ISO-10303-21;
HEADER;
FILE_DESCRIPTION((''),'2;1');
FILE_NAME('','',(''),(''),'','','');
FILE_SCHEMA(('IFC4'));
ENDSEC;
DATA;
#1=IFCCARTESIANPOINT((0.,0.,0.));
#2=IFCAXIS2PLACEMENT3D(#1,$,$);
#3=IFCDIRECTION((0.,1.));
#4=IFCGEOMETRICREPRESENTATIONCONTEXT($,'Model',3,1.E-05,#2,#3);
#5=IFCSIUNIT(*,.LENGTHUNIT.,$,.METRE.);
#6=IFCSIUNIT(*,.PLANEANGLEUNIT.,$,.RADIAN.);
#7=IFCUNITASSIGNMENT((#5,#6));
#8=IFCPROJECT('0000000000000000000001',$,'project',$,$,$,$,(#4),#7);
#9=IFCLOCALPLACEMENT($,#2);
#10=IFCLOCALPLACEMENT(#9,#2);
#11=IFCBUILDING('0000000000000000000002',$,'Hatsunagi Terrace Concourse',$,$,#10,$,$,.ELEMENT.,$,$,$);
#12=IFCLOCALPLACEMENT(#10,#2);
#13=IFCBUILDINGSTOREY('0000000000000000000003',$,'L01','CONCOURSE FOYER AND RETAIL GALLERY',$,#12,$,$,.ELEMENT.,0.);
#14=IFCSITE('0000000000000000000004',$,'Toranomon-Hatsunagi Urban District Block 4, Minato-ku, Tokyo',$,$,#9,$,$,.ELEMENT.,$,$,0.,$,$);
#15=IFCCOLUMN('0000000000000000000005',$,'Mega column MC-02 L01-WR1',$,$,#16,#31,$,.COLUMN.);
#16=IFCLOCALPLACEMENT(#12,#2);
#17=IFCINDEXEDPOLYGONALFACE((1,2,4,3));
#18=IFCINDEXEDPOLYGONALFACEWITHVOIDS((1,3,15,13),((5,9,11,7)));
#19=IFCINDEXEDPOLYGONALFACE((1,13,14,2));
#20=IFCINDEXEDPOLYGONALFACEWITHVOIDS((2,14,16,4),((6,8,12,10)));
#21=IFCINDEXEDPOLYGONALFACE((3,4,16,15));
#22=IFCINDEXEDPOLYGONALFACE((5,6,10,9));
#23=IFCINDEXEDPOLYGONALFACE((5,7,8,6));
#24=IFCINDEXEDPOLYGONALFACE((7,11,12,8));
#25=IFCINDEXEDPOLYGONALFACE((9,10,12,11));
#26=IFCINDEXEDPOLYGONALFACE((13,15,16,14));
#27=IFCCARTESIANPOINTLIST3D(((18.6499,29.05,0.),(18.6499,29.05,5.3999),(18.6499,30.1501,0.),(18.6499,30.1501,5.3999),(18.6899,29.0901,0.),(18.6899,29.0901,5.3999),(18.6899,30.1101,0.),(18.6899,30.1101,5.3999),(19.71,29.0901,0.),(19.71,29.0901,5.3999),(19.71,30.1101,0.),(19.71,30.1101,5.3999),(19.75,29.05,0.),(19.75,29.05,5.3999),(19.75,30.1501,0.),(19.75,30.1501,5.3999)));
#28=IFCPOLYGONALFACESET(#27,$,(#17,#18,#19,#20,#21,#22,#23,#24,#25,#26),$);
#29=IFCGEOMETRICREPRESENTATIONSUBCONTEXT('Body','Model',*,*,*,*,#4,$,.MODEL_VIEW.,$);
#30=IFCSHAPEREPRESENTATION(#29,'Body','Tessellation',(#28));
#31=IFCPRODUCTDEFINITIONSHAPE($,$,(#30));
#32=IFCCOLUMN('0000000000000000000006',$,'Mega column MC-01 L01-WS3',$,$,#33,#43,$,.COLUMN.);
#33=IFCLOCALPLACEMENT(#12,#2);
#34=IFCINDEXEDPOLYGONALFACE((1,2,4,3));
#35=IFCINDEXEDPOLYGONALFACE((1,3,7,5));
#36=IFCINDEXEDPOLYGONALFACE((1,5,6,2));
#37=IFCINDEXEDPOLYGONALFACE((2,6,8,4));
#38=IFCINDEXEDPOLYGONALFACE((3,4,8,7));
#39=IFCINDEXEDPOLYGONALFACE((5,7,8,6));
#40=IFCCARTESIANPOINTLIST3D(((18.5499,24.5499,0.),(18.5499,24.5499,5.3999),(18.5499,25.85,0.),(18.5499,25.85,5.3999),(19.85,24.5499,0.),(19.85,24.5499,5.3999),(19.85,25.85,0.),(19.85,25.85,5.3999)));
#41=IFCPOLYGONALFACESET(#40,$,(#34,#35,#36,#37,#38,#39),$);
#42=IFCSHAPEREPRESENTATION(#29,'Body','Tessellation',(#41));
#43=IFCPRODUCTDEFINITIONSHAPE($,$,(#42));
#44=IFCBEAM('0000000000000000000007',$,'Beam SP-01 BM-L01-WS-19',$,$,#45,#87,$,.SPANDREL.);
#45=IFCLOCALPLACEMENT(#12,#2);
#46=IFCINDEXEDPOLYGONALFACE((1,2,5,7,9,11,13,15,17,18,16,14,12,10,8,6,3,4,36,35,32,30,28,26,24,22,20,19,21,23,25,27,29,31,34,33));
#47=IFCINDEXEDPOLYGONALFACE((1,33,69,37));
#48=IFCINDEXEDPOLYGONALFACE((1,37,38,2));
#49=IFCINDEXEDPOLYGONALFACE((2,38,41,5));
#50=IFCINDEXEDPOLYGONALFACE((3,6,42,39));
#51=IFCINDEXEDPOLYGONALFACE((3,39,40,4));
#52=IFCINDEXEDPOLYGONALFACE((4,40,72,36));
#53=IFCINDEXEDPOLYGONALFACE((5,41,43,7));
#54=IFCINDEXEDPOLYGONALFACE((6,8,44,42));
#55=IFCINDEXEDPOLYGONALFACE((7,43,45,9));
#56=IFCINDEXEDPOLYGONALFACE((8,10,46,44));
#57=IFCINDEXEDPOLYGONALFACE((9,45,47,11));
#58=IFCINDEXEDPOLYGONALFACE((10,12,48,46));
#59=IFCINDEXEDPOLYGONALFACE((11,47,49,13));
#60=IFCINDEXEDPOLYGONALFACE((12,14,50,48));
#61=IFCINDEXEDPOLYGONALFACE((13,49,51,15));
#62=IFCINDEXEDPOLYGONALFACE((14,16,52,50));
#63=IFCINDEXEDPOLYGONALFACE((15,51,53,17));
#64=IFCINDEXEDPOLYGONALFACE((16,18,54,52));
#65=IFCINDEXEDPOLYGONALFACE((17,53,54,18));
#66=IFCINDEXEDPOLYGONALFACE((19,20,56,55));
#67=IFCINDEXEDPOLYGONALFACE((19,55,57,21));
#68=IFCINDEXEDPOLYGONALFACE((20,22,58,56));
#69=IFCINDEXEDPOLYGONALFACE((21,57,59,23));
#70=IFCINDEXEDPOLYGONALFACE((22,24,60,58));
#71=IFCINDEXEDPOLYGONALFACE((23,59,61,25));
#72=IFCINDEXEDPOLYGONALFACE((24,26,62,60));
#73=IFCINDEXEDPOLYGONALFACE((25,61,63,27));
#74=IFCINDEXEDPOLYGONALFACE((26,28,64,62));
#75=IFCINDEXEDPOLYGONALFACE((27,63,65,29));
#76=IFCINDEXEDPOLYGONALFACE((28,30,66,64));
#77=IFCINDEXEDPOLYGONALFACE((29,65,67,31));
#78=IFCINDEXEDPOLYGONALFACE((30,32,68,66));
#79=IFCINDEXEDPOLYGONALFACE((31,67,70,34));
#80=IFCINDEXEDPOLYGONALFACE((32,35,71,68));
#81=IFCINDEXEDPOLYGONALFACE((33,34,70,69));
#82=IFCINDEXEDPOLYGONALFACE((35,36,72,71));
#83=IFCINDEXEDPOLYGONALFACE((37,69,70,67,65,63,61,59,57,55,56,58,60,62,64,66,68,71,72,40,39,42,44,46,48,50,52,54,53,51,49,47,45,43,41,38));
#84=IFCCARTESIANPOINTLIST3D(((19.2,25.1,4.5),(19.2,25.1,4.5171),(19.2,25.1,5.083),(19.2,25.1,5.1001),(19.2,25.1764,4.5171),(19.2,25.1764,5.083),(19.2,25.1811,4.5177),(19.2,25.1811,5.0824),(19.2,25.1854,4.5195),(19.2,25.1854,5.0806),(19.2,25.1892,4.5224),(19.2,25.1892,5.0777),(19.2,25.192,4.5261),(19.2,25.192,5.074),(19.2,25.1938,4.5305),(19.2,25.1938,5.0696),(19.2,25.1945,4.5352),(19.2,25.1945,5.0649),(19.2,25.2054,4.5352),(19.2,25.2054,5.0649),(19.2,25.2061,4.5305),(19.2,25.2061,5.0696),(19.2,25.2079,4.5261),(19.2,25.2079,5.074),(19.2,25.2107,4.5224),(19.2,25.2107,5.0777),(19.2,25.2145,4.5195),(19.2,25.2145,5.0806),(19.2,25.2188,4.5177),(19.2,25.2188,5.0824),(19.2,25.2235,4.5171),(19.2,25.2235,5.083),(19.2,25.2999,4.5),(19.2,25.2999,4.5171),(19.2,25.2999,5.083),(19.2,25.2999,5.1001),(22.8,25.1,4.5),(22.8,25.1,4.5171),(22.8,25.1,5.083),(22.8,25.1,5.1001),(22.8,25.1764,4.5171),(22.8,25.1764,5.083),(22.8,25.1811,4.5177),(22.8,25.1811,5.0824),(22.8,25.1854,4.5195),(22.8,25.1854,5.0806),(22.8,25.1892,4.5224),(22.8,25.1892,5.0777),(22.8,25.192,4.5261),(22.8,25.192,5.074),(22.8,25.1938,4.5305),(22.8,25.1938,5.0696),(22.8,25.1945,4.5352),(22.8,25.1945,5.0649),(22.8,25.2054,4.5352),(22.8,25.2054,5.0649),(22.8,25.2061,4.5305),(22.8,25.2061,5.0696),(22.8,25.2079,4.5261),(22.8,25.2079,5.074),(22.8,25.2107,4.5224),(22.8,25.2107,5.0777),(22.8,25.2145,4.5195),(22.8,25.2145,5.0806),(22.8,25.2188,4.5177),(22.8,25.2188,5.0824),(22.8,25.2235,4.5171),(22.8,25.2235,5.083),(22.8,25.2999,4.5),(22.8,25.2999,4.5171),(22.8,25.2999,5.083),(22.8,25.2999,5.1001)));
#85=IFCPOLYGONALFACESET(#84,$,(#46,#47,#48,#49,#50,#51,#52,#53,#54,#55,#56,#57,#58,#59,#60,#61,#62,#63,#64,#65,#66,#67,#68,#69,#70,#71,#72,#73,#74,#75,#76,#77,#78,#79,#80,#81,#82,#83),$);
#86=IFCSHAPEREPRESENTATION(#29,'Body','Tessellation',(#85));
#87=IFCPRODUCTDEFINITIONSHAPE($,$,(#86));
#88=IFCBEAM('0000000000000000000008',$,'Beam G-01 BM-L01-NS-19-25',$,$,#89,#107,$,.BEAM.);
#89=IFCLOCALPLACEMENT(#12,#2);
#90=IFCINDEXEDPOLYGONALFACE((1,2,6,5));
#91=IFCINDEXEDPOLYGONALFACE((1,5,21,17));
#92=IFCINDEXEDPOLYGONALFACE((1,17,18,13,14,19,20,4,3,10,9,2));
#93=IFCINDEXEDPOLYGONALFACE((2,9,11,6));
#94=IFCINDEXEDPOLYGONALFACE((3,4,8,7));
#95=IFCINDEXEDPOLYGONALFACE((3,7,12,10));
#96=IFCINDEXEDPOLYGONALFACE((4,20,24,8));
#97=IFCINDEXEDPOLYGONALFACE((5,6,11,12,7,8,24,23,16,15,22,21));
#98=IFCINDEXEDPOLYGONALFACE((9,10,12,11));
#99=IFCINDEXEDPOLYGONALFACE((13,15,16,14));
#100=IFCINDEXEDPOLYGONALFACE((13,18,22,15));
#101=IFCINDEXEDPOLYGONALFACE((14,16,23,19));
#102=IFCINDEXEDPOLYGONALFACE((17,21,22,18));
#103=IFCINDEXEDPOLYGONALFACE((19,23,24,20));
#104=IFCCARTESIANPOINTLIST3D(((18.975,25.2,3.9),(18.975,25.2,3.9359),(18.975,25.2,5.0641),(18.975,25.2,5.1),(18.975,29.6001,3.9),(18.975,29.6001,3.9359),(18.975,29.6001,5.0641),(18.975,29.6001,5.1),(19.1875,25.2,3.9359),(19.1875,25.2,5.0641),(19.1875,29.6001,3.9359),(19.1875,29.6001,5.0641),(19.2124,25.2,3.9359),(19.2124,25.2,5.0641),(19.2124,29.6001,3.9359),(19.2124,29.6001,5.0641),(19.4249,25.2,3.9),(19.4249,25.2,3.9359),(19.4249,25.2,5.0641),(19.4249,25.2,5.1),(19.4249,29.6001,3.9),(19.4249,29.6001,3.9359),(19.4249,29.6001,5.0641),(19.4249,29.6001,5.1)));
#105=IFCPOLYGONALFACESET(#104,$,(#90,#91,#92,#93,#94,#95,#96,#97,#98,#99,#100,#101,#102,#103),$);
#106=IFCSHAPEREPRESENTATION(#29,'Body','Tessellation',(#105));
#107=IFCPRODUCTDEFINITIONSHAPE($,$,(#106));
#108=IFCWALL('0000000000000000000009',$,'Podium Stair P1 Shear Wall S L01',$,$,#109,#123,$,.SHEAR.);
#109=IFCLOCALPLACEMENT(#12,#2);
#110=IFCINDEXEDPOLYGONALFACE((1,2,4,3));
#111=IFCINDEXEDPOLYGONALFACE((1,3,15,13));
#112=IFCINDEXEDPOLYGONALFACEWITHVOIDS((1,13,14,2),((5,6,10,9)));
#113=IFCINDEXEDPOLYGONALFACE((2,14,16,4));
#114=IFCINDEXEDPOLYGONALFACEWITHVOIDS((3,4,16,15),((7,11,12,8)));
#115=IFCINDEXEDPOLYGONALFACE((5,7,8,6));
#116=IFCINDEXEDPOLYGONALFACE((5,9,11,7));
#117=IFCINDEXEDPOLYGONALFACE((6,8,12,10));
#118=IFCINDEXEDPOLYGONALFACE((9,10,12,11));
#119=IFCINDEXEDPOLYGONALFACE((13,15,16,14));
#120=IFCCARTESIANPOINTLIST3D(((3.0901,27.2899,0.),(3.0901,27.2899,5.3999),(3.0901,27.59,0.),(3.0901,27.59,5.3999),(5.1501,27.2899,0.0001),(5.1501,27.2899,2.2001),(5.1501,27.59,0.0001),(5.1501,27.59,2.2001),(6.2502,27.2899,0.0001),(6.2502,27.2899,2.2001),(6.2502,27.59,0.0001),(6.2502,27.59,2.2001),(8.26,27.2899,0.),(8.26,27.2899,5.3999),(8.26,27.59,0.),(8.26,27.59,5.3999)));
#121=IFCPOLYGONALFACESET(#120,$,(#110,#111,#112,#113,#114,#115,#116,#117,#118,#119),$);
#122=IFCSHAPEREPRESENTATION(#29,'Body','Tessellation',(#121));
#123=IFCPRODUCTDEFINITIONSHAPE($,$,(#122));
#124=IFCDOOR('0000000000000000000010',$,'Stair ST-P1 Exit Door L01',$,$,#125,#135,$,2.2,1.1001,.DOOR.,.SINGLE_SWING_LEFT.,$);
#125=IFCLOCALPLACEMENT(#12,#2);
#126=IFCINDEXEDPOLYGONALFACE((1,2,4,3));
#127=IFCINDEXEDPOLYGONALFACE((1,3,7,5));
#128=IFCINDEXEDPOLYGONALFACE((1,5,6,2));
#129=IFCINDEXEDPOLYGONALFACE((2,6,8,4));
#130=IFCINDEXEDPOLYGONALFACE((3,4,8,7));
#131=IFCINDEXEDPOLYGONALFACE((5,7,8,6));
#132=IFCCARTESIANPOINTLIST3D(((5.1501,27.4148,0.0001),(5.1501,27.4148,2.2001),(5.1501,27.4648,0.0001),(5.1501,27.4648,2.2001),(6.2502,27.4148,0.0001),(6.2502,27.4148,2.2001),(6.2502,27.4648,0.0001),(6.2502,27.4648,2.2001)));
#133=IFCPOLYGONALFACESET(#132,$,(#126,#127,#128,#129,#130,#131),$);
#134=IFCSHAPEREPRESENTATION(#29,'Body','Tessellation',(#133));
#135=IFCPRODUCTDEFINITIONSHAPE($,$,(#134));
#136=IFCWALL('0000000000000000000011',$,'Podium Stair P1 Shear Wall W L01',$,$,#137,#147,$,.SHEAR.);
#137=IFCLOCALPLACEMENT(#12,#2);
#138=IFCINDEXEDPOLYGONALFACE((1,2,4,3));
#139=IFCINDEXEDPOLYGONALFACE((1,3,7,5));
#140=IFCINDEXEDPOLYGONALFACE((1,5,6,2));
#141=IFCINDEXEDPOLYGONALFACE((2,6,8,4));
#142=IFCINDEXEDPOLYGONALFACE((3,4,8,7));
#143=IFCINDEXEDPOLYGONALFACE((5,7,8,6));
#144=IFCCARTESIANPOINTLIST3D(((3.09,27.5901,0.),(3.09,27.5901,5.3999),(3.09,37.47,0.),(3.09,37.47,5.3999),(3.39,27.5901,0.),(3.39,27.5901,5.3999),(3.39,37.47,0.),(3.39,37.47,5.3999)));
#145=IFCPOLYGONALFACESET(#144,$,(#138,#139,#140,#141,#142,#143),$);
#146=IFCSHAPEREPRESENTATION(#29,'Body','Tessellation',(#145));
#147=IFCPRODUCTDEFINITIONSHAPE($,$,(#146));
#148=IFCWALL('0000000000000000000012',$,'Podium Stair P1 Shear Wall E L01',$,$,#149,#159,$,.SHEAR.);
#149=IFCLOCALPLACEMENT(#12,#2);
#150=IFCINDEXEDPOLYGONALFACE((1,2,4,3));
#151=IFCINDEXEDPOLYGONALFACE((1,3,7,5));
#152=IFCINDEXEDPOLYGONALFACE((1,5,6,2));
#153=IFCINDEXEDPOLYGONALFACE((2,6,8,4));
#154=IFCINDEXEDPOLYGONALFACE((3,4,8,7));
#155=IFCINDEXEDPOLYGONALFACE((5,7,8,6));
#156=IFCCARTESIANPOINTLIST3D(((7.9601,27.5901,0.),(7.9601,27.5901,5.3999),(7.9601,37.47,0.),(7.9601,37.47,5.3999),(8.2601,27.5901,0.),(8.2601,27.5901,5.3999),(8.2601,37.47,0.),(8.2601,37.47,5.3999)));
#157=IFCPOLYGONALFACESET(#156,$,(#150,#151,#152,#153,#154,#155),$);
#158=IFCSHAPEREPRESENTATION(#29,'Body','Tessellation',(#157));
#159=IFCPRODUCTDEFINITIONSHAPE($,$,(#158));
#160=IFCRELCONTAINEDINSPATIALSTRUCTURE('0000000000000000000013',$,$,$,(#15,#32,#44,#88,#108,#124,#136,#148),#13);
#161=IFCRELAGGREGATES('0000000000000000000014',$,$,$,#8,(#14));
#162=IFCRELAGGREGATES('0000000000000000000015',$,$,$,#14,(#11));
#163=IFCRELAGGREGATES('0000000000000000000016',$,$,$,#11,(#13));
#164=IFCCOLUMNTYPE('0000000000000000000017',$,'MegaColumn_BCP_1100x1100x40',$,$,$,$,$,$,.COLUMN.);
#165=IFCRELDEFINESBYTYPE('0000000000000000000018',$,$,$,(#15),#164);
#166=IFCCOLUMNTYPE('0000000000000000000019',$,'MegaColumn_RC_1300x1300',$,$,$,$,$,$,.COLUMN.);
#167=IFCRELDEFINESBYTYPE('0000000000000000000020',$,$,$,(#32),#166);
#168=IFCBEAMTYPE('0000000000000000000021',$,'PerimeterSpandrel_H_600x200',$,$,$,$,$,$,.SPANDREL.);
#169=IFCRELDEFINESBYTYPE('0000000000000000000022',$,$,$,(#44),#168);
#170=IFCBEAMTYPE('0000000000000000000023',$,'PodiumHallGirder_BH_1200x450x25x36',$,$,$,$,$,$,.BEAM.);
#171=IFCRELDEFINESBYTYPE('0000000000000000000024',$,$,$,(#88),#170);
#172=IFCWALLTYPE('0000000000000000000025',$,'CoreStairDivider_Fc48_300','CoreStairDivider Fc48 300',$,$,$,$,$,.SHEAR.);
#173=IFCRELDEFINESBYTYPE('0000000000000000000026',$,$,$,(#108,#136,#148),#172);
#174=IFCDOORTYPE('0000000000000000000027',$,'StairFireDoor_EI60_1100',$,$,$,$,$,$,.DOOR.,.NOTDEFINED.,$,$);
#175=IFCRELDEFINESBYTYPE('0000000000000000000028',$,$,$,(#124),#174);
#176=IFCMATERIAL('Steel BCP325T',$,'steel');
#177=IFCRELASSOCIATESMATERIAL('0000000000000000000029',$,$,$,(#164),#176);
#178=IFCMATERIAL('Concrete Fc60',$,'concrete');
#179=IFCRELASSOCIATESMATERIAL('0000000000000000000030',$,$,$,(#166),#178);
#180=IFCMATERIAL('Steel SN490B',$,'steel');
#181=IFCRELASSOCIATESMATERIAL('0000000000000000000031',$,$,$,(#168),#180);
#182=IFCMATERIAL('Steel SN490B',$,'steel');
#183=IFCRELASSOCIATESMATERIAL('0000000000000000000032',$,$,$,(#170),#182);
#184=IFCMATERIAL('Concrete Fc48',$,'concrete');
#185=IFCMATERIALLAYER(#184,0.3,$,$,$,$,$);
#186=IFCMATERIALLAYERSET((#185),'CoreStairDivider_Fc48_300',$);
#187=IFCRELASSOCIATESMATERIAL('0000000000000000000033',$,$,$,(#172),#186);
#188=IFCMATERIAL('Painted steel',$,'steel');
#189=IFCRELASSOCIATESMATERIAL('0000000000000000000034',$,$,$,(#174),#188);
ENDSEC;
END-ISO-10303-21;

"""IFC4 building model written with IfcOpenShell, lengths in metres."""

from ifc_helpers import new_model, si_unit, direction, frame, frame_2d, origin, origin_2d, place, context, subcontext, project, spatial, rectangle, hollow_rectangle, i_section, extrude, material, layer, layer_set, material_profile, profile_set, type_object, element, fill, save


model = new_model("IFC4")

# Units and contexts
model_context = context("Model", 3, precision=1e-05, world=origin(), true_north=direction((0.0, 1.0)))
body_context = subcontext(model_context, "Body", "Model", "MODEL_VIEW")
ifc_project = project(units=[si_unit("LENGTHUNIT", "METRE"), si_unit("PLANEANGLEUNIT", "RADIAN")], contexts=[model_context])

# Site, building, storey
site_placement = place(None, origin())
site = spatial("IfcSite", under=ifc_project, at=site_placement, Name="Toranomon-Hatsunagi Urban District Block 4, Minato-ku, Tokyo", CompositionType="ELEMENT", RefElevation=0.0)
building_placement = place(site_placement, origin())
building = spatial("IfcBuilding", under=site, at=building_placement, Name="Hatsunagi Terrace Concourse", CompositionType="ELEMENT")
storey_placement = place(building_placement, origin())
storey = spatial("IfcBuildingStorey", under=building, at=storey_placement, Name="L01", Description="CONCOURSE FOYER AND RETAIL GALLERY", CompositionType="ELEMENT", Elevation=0.0)

# Columns
ifc_material_1 = material(Name="Steel BCP325T", Category="steel")
ifc_material_profile_1 = material_profile(ifc_material_1, hollow_rectangle(XDim=1.1001, YDim=1.1001, WallThickness=0.04, at=origin_2d()), Name="BCP-1100x1100x40")
ifc_profile_set_1 = profile_set([ifc_material_profile_1], Name="Steel BCP325T")
column_type_1 = type_object("IfcColumnType", Name="MegaColumn_BCP_1100x1100x40", PredefinedType="COLUMN", material=ifc_profile_set_1)
column_1_placement = place(storey_placement, frame((19.2, 29.6001, 0.0), z_axis=(0.0, 0.0, 1.0), x_axis=(1.0, 0.0, 0.0)))
element("IfcColumn", 1, at=column_1_placement, inside=storey, type_object=column_type_1, Name="Mega column MC-02 L01-WR1", PredefinedType="COLUMN", context=body_context, shape_type="SweptSolid", body=[
    extrude(hollow_rectangle(XDim=1.1001, YDim=1.1001, WallThickness=0.04, at=origin_2d()), origin(), (0.0, 0.0, 1.0), 5.3999),
])
ifc_material_2 = material(Name="Concrete Fc60", Category="concrete")
ifc_material_profile_2 = material_profile(ifc_material_2, rectangle(XDim=1.3, YDim=1.3, at=origin_2d()), Name="RC-1300x1300")
ifc_profile_set_2 = profile_set([ifc_material_profile_2], Name="Concrete Fc60")
column_type_2 = type_object("IfcColumnType", Name="MegaColumn_RC_1300x1300", PredefinedType="COLUMN", material=ifc_profile_set_2)
column_2_placement = place(storey_placement, frame((19.2, 25.2, 0.0), z_axis=(0.0, 0.0, 1.0), x_axis=(1.0, 0.0, 0.0)))
element("IfcColumn", 2, at=column_2_placement, inside=storey, type_object=column_type_2, Name="Mega column MC-01 L01-WS3", PredefinedType="COLUMN", context=body_context, shape_type="SweptSolid", body=[
    extrude(rectangle(XDim=1.3, YDim=1.3, at=origin_2d()), origin(), (0.0, 0.0, 1.0), 5.3999),
])

# Beams
ifc_material_3 = material(Name="Steel SN490B", Category="steel")
ifc_material_profile_3 = material_profile(ifc_material_3, i_section(OverallWidth=0.2, OverallDepth=0.6001, WebThickness=0.011, FlangeThickness=0.0171, FilletRadius=0.0181, at=origin_2d()), Name="H-600x200x11x17")
ifc_profile_set_3 = profile_set([ifc_material_profile_3], Name="Steel SN490B")
beam_type_1 = type_object("IfcBeamType", Name="PerimeterSpandrel_H_600x200", PredefinedType="SPANDREL", material=ifc_profile_set_3)
beam_1_placement = place(storey_placement, frame((19.2, 25.2, 4.8), z_axis=(1.0, 0.0, 0.0), x_axis=(0.0, 1.0, 0.0)))
element("IfcBeam", 3, at=beam_1_placement, inside=storey, type_object=beam_type_1, Name="Beam SP-01 BM-L01-WS-19", PredefinedType="SPANDREL", context=body_context, shape_type="SweptSolid", body=[
    extrude(i_section(OverallWidth=0.2, OverallDepth=0.6001, WebThickness=0.011, FlangeThickness=0.0171, FilletRadius=0.0181, at=origin_2d()), origin(), (0.0, 0.0, 1.0), 3.6001),
])
ifc_material_4 = material(Name="Steel SN490B", Category="steel")
ifc_material_profile_4 = material_profile(ifc_material_4, i_section(OverallWidth=0.45, OverallDepth=1.2, WebThickness=0.0249, FlangeThickness=0.0359, at=origin_2d()), Name="BH-1200x450x25x36")
ifc_profile_set_4 = profile_set([ifc_material_profile_4], Name="Steel SN490B")
beam_type_2 = type_object("IfcBeamType", Name="PodiumHallGirder_BH_1200x450x25x36", PredefinedType="BEAM", material=ifc_profile_set_4)
beam_2_placement = place(storey_placement, frame((19.2, 25.2, 4.5), z_axis=(0.0, 1.0, 0.0), x_axis=(-1.0, 0.0, 0.0)))
element("IfcBeam", 4, at=beam_2_placement, inside=storey, type_object=beam_type_2, Name="Beam G-01 BM-L01-NS-19-25", PredefinedType="BEAM", context=body_context, shape_type="SweptSolid", body=[
    extrude(i_section(OverallWidth=0.45, OverallDepth=1.2, WebThickness=0.0249, FlangeThickness=0.0359, at=origin_2d()), origin(), (0.0, 0.0, 1.0), 4.4001),
])

# Wall, opening, door
ifc_material_5 = material(Name="Concrete Fc48", Category="concrete")
ifc_layer_1 = layer(ifc_material_5, 0.3)
ifc_layer_set_1 = layer_set([ifc_layer_1], Name="CoreStairDivider_Fc48_300")
wall_type_1 = type_object("IfcWallType", Name="CoreStairDivider_Fc48_300", Description="CoreStairDivider Fc48 300", PredefinedType="SHEAR", material=ifc_layer_set_1)
wall_1_placement = place(storey_placement, frame((3.0901, 27.4399, 0.0), z_axis=(0.0, 0.0, 1.0), x_axis=(1.0, 0.0, 0.0)))
wall_1 = element("IfcWall", 5, at=wall_1_placement, inside=storey, type_object=wall_type_1, Name="Podium Stair P1 Shear Wall S L01", PredefinedType="SHEAR", context=body_context, shape_type="SweptSolid", body=[
    extrude(rectangle(XDim=5.1699, YDim=0.3, at=frame_2d((2.585, 0.0))), origin(), (0.0, 0.0, 1.0), 5.3999),
])
opening_1_placement = place(wall_1_placement, frame((2.0601, 0.0, 0.0)))
opening_1 = element("IfcOpeningElement", 6, at=opening_1_placement, cuts=wall_1, PredefinedType="OPENING", context=body_context, shape_type="SweptSolid", body=[
    extrude(rectangle(XDim=1.1001, YDim=2.2, at=frame_2d((0.55, 1.1001))), frame((0.0, 0.1599, 0.0), z_axis=(0.0, -1.0, 0.0), x_axis=(1.0, 0.0, 0.0)), (0.0, 0.0, 1.0), 0.3201),
])
ifc_material_6 = material(Name="Painted steel", Category="steel")
door_type_1 = type_object("IfcDoorType", Name="StairFireDoor_EI60_1100", OperationType="NOTDEFINED", PredefinedType="DOOR", material=ifc_material_6)
door_1_placement = place(opening_1_placement, origin())
door_1 = element("IfcDoor", 7, at=door_1_placement, inside=storey, type_object=door_type_1, Name="Stair ST-P1 Exit Door L01", OperationType="SINGLE_SWING_LEFT", OverallHeight=2.2, OverallWidth=1.1001, PredefinedType="DOOR", context=body_context, shape_type="SweptSolid", body=[
    extrude(rectangle(XDim=1.1001, YDim=2.2, at=frame_2d((0.55, 1.1001))), frame((0.0, 0.0249, 0.0), z_axis=(0.0, -1.0, 0.0), x_axis=(1.0, 0.0, 0.0)), (0.0, 0.0, 1.0), 0.05),
])
fill(opening_1, door_1)

# Walls
for number, where, z_axis, x_axis, name in (
    (8, (3.24, 27.5901, 0.0), (0.0, 0.0, 1.0), (0.0, 1.0, 0.0), "Podium Stair P1 Shear Wall W L01"),
    (9, (8.1101, 27.5901, 0.0), (0.0, 0.0, 1.0), (0.0, 1.0, 0.0), "Podium Stair P1 Shear Wall E L01"),
):
    element("IfcWall", number, at=place(storey_placement, frame(where, z_axis=z_axis, x_axis=x_axis)), inside=storey, type_object=wall_type_1, Name=name, PredefinedType="SHEAR", context=body_context, shape_type="SweptSolid", body=[
        extrude(rectangle(XDim=9.8799, YDim=0.3, at=frame_2d((4.9399, 0.0))), origin(), (0.0, 0.0, 1.0), 5.3999),
    ])

save(model, "model.ifc")
